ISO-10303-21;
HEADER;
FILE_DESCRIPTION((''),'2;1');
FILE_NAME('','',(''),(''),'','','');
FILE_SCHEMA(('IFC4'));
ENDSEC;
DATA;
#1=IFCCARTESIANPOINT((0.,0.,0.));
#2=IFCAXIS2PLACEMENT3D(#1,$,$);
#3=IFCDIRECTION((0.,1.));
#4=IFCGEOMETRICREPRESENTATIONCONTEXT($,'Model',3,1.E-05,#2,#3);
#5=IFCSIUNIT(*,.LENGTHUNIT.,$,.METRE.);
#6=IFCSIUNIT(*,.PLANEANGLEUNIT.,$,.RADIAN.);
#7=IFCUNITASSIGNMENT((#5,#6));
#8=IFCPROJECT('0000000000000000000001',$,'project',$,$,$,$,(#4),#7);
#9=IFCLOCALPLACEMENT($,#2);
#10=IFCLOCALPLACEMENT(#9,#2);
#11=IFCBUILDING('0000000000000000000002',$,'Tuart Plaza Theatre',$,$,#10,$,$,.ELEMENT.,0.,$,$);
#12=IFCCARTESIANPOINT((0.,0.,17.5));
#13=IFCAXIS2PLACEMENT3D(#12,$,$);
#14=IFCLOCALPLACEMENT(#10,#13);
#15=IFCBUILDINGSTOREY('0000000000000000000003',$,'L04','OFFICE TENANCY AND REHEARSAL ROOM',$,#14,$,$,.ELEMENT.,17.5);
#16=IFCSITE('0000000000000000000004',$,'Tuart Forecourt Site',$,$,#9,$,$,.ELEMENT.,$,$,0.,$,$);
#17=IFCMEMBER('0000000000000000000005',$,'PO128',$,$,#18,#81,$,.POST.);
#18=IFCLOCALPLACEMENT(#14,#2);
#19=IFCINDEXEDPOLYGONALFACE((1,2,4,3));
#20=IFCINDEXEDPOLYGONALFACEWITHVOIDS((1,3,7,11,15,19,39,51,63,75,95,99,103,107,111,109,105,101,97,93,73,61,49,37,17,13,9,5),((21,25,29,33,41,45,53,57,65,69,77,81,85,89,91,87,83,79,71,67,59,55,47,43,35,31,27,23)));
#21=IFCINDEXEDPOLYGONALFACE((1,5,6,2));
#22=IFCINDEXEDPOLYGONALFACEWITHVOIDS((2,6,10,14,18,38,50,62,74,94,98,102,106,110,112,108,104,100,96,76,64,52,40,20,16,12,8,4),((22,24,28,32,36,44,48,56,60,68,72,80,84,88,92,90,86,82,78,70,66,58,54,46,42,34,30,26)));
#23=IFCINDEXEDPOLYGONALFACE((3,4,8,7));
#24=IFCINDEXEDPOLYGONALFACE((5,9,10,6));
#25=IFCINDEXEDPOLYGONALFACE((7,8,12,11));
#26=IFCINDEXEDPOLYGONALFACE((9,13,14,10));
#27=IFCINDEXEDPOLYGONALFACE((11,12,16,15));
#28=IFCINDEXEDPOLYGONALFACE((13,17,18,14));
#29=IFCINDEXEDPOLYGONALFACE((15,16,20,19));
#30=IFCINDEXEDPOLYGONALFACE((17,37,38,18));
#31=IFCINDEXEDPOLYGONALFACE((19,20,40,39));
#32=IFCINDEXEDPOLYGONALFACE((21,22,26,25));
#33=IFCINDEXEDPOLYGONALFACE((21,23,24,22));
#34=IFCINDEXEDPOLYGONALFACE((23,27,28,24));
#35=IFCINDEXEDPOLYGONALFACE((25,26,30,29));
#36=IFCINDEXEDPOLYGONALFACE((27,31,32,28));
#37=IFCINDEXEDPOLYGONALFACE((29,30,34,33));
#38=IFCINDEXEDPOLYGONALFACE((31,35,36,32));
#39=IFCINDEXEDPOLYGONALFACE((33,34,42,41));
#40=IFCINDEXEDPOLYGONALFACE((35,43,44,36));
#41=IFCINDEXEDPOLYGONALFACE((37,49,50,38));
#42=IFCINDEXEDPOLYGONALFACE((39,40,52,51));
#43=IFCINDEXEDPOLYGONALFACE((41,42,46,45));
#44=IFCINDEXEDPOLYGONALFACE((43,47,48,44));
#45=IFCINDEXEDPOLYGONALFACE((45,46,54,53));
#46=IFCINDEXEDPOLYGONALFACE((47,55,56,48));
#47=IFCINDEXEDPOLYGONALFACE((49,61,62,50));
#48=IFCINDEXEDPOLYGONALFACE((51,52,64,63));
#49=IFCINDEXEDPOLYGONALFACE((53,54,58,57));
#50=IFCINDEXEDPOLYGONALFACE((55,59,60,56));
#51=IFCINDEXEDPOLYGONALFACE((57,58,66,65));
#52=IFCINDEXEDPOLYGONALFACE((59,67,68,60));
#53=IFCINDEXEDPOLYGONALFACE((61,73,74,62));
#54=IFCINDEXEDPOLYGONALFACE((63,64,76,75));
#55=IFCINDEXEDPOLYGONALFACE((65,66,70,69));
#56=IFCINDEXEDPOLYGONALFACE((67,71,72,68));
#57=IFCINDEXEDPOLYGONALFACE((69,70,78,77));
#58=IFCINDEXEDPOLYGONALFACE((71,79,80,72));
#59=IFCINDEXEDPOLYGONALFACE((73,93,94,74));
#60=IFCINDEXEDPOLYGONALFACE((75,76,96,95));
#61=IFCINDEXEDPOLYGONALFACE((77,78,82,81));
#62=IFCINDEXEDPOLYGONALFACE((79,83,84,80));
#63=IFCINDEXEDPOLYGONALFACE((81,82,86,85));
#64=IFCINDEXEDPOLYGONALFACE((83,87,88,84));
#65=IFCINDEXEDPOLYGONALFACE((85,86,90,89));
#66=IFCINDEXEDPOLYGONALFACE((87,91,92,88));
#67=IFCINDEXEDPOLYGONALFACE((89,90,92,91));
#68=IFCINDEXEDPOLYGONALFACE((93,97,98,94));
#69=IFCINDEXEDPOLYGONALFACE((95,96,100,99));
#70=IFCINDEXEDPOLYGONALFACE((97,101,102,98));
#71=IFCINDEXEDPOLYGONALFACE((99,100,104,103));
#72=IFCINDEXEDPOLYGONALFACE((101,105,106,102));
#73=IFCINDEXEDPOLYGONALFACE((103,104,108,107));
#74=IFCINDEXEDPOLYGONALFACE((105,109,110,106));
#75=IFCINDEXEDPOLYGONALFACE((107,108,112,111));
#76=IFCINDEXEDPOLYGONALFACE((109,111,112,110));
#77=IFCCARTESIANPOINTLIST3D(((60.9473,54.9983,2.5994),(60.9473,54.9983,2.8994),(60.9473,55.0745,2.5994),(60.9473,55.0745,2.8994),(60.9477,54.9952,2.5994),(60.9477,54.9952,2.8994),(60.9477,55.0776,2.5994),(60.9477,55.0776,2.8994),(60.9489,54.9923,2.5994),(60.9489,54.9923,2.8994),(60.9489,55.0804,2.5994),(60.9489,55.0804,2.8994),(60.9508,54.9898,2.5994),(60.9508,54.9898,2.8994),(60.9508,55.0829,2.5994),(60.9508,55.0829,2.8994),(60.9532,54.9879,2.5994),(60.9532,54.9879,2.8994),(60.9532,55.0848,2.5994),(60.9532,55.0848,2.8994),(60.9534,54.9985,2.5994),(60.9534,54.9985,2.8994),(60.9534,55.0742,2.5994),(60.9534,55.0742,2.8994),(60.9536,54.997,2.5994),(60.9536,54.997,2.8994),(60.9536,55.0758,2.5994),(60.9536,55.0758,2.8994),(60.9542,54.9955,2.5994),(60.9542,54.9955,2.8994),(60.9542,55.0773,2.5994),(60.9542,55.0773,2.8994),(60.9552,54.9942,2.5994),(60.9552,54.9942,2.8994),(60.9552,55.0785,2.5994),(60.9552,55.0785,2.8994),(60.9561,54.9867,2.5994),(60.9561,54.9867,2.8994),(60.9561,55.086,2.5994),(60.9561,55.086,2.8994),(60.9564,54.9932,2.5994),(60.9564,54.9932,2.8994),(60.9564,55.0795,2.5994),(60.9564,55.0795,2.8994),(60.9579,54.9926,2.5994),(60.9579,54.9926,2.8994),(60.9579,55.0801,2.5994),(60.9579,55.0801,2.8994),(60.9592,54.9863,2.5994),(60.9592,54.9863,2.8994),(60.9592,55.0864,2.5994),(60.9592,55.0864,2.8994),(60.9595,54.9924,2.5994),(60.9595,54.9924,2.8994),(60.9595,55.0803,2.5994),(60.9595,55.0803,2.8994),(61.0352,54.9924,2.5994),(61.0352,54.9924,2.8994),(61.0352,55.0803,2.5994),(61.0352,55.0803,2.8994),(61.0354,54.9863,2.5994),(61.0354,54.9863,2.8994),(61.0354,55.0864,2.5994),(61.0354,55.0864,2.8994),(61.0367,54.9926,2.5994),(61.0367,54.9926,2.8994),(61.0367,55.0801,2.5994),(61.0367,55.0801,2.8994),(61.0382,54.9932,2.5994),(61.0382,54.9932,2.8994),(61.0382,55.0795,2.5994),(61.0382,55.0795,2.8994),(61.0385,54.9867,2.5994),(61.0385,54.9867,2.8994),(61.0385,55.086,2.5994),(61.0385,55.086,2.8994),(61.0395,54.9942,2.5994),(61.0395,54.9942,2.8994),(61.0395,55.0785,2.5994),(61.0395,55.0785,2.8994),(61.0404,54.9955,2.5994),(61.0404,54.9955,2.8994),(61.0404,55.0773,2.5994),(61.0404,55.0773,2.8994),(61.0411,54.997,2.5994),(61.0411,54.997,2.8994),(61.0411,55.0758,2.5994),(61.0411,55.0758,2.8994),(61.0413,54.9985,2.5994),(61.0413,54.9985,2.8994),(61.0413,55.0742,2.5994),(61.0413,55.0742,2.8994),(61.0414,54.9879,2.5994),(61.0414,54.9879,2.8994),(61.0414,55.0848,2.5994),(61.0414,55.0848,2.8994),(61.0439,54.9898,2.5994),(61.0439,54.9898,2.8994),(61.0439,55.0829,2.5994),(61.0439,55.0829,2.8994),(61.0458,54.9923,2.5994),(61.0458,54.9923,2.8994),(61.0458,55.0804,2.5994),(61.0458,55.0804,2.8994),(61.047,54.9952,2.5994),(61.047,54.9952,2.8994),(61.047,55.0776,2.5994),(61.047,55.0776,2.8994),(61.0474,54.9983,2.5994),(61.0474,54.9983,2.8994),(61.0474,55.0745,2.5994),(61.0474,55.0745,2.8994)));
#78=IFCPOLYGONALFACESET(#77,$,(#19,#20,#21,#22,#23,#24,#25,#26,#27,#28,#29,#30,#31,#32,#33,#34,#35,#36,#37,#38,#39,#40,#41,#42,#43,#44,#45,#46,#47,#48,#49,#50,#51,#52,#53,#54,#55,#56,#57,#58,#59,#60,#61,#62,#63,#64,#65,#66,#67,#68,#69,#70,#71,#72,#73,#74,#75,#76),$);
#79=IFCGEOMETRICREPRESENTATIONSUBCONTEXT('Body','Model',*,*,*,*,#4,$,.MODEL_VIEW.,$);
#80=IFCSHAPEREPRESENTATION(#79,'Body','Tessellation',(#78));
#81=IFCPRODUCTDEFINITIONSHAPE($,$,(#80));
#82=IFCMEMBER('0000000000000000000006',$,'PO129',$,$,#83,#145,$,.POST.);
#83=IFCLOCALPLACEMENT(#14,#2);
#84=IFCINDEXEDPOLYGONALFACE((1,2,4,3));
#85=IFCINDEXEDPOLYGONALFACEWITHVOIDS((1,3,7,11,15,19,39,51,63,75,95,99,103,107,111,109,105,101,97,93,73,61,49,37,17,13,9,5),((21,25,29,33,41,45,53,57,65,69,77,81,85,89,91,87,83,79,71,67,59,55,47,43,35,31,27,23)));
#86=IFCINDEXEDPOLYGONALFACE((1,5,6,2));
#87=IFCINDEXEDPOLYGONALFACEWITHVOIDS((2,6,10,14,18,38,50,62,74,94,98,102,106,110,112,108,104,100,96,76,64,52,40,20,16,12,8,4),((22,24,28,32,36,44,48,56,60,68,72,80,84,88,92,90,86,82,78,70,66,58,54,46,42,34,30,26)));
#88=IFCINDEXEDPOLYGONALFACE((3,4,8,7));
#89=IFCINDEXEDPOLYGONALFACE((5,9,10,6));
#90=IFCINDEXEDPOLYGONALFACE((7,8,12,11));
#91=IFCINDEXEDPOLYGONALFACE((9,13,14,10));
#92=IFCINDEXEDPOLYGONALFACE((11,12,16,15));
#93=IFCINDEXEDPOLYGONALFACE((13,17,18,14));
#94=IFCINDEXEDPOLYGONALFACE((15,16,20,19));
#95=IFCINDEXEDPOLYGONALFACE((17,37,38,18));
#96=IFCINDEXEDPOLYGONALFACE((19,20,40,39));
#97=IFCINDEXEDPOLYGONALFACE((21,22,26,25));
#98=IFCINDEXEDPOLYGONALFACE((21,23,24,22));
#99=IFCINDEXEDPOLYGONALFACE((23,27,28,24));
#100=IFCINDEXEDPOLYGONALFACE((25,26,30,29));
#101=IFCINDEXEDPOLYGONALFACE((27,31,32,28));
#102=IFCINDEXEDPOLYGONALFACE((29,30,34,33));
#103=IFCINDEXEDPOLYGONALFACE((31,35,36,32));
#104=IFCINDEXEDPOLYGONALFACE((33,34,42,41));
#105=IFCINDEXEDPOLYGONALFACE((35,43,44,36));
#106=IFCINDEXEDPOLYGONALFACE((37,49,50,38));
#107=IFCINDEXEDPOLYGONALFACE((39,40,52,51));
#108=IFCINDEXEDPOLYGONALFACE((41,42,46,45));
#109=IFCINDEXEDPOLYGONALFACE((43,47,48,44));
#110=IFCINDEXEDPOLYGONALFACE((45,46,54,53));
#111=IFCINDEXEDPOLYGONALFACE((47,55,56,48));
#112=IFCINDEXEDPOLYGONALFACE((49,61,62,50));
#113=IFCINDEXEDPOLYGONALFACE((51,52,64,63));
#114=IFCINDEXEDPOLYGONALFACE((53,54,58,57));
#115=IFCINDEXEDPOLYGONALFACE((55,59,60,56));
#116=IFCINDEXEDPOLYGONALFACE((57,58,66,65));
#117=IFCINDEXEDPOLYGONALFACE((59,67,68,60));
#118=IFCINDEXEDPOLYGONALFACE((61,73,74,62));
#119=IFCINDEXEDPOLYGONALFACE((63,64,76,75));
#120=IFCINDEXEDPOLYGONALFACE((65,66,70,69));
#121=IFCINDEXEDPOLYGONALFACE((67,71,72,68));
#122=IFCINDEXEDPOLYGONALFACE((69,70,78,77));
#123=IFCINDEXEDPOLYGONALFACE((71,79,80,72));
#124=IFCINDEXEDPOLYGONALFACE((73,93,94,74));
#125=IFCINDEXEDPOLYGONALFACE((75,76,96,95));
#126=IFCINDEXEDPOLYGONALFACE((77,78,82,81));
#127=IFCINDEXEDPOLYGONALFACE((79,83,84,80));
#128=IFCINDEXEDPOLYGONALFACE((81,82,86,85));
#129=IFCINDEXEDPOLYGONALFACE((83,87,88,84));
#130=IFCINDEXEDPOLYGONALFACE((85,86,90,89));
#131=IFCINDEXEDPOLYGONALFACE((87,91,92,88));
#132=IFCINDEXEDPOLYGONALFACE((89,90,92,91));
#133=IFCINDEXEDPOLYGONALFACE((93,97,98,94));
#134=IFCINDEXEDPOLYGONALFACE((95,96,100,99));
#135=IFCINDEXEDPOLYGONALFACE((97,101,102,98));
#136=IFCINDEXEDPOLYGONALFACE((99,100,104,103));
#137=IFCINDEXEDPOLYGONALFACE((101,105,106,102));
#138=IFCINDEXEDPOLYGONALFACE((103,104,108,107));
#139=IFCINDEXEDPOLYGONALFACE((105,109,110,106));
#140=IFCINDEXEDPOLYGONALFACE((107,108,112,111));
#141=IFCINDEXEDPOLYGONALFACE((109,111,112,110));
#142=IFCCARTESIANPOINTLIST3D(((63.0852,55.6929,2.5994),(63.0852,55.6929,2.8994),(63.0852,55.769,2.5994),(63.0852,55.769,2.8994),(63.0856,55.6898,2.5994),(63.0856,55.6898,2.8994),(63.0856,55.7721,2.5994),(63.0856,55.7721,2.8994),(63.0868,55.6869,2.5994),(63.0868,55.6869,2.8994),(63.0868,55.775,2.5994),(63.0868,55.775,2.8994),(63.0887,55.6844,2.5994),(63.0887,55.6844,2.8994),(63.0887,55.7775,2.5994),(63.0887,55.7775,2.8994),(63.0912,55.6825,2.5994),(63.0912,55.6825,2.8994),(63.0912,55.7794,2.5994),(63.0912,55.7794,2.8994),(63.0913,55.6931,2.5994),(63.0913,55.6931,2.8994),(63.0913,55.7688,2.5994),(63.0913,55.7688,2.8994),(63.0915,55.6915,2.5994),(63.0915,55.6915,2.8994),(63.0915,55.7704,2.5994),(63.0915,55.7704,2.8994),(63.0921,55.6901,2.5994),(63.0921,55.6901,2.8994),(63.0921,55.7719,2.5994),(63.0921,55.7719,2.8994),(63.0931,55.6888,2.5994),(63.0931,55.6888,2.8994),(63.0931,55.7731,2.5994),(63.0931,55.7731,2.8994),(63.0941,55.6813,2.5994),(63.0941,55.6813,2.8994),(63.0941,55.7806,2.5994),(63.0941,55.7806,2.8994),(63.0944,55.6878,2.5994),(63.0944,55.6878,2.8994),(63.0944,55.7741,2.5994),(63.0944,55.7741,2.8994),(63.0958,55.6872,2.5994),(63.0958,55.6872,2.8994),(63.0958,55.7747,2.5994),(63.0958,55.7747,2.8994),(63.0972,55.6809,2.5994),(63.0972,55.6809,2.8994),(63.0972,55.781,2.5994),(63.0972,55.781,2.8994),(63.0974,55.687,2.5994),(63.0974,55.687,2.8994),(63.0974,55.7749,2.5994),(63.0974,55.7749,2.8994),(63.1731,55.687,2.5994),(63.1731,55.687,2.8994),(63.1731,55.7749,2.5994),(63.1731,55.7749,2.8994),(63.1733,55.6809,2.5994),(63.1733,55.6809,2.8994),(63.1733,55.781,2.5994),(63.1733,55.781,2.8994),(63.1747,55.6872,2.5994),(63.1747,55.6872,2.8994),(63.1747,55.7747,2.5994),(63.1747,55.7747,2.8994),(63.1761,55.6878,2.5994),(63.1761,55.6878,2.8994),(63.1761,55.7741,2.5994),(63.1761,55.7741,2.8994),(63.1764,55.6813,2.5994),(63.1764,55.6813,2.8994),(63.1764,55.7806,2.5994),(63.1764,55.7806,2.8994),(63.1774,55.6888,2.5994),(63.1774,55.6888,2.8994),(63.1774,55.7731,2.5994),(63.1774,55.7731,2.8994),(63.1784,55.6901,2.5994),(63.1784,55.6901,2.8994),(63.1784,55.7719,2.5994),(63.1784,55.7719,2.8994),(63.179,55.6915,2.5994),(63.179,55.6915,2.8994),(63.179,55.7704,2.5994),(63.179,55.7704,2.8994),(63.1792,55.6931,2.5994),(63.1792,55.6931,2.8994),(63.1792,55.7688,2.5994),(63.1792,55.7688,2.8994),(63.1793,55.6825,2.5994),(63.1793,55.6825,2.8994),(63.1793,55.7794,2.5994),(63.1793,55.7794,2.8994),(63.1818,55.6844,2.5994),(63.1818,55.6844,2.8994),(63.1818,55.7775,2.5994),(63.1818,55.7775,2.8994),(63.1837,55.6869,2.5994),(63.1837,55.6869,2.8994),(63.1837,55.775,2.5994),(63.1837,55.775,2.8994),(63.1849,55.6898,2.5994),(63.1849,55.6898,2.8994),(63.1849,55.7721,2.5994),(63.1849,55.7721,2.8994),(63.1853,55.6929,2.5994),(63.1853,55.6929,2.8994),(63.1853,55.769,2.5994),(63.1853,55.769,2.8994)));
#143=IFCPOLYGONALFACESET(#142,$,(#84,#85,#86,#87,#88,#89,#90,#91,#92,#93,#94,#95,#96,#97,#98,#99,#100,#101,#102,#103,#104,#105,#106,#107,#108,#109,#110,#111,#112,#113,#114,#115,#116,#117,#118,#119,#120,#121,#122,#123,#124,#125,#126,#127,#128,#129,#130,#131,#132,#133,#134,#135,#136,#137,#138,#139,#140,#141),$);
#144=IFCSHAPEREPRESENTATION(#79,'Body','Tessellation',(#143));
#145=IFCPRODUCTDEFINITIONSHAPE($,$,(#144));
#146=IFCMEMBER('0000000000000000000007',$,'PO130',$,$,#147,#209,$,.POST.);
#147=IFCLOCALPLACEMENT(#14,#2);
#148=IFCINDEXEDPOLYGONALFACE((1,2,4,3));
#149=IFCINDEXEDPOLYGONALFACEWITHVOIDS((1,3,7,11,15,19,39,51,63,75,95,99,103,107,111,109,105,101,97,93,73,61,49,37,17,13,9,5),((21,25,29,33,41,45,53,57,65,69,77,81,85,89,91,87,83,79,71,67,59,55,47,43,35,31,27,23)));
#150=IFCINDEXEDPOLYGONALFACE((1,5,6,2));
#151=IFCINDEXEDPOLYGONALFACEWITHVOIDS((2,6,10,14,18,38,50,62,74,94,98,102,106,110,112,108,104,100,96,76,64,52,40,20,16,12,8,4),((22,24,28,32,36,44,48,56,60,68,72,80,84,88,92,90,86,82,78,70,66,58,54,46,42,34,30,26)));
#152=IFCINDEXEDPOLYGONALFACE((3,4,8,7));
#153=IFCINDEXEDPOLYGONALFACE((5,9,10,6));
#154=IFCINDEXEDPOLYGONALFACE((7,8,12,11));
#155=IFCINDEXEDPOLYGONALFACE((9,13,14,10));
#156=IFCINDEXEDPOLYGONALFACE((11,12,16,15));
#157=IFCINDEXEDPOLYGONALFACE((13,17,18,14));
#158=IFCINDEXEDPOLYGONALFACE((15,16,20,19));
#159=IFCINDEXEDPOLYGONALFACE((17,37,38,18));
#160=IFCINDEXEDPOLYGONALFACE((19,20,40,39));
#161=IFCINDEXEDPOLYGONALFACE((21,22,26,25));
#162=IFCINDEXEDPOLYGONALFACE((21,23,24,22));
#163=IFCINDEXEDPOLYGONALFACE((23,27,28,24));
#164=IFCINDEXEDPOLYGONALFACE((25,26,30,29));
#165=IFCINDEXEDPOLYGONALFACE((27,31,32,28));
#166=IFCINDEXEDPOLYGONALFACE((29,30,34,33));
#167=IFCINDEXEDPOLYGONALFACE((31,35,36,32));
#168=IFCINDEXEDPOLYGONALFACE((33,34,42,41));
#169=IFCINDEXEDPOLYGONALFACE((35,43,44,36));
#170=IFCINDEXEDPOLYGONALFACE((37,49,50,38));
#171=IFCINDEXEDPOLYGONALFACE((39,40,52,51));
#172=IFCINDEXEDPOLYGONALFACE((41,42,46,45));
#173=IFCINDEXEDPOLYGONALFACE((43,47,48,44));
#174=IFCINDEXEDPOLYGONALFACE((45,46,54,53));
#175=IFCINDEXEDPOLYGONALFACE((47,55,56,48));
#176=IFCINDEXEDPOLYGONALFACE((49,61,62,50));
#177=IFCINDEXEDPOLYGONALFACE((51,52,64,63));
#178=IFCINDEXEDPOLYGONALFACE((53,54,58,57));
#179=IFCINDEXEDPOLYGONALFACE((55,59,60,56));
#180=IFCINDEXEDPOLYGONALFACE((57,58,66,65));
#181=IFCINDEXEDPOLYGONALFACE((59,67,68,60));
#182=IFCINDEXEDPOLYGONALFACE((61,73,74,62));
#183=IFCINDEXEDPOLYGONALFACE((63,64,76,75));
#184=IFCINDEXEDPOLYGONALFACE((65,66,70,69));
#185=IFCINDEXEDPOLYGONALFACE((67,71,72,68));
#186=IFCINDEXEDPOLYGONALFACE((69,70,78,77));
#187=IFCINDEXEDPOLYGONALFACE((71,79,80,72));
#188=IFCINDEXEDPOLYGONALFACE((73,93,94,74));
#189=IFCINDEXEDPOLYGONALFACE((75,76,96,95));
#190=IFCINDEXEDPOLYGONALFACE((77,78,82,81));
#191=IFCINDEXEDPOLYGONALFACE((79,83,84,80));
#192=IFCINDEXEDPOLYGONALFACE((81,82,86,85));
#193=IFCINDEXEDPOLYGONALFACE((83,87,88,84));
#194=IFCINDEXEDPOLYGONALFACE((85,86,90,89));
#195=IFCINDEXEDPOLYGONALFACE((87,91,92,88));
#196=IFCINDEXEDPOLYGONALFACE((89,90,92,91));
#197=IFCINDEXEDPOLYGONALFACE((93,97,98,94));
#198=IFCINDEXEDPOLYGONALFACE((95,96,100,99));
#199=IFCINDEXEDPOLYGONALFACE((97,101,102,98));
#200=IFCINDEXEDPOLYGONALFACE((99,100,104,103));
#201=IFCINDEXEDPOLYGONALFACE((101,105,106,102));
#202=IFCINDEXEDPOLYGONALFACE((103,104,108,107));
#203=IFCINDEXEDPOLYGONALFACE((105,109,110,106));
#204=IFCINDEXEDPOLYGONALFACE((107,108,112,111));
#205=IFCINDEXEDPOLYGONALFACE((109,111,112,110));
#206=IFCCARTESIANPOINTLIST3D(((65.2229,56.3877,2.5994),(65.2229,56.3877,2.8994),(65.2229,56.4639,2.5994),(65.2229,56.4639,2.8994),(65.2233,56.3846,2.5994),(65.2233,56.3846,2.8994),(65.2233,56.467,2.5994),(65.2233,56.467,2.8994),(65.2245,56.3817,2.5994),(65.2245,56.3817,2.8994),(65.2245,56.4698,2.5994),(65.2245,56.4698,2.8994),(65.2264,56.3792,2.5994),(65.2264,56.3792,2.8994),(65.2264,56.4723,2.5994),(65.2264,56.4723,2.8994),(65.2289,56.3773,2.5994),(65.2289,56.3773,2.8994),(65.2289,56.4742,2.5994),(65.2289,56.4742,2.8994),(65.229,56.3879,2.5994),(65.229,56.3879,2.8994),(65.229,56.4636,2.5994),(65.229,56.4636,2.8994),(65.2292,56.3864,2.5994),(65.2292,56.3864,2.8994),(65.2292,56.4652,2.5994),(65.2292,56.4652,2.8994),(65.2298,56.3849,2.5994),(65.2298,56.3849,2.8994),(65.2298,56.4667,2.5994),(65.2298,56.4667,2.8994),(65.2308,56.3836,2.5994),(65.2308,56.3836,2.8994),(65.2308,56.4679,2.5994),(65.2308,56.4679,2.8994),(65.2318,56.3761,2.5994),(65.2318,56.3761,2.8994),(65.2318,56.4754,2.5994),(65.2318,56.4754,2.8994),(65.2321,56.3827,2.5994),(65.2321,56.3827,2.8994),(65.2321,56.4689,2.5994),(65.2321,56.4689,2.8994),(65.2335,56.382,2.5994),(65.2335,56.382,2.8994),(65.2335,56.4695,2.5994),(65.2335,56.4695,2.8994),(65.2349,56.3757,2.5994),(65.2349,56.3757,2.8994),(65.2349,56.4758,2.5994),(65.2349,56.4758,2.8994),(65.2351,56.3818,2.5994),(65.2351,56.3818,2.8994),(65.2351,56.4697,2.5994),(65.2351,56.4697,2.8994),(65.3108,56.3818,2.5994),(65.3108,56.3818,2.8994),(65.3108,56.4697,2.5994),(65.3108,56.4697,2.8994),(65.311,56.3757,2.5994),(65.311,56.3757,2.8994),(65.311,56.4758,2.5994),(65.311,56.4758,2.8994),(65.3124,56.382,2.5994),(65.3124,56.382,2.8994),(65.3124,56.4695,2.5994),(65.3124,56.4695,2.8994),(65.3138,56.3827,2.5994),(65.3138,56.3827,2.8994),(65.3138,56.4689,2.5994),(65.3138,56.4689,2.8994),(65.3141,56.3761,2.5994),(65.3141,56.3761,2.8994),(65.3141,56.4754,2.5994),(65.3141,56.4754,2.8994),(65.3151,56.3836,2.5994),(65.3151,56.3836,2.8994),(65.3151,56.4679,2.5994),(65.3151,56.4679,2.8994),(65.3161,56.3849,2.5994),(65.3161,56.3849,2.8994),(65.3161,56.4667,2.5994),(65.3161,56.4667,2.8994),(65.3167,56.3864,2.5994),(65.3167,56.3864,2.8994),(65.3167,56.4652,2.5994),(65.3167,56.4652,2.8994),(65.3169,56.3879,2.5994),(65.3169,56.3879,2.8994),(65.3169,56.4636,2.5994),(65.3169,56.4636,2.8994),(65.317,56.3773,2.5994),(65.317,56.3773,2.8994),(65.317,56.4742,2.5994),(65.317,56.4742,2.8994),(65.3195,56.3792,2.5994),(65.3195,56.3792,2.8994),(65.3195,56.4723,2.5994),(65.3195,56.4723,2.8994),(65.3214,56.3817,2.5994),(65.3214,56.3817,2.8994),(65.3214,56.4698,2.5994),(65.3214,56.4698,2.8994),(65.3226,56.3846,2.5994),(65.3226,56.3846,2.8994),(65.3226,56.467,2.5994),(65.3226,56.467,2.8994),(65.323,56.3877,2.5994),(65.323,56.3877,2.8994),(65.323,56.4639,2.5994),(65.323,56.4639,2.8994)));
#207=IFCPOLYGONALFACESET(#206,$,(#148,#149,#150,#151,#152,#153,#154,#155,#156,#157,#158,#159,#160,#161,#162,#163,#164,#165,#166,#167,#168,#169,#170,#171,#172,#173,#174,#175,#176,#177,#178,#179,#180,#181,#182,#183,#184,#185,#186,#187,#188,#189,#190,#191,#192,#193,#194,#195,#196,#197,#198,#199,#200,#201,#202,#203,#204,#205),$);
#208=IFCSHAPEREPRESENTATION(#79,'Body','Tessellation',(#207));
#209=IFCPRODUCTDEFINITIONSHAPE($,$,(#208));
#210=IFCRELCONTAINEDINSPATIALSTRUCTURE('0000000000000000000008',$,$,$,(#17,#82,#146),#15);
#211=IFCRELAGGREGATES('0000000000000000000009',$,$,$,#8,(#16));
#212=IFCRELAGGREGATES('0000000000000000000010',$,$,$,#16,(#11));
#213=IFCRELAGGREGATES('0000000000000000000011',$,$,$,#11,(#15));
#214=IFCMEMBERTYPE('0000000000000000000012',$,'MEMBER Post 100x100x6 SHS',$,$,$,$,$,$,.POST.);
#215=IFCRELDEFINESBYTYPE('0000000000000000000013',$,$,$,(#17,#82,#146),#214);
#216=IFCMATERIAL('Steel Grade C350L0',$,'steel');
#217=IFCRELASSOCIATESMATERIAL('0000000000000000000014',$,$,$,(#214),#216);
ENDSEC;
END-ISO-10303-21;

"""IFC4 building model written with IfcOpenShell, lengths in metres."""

from ifc_helpers import new_model, si_unit, direction, frame, origin, origin_2d, place, context, subcontext, project, spatial, hollow_rectangle, extrude, material, material_profile, profile_set, type_object, element, save


model = new_model("IFC4")

# Units and contexts
model_context = context("Model", 3, precision=1e-05, world=origin(), true_north=direction((0.0, 1.0)))
body_context = subcontext(model_context, "Body", "Model", "MODEL_VIEW")
ifc_project = project(units=[si_unit("LENGTHUNIT", "METRE"), si_unit("PLANEANGLEUNIT", "RADIAN")], contexts=[model_context])

# Site, building, storey
site_placement = place(None, origin())
site = spatial("IfcSite", under=ifc_project, at=site_placement, Name="Tuart Forecourt Site", CompositionType="ELEMENT", RefElevation=0.0)
building_placement = place(site_placement, origin())
building = spatial("IfcBuilding", under=site, at=building_placement, Name="Tuart Plaza Theatre", CompositionType="ELEMENT", ElevationOfRefHeight=0.0)
storey_placement = place(building_placement, frame((0.0, 0.0, 17.5)))
storey = spatial("IfcBuildingStorey", under=building, at=storey_placement, Name="L04", Description="OFFICE TENANCY AND REHEARSAL ROOM", CompositionType="ELEMENT", Elevation=17.5)

# Members
ifc_material_1 = material(Name="Steel Grade C350L0", Category="steel")
ifc_material_profile_1 = material_profile(ifc_material_1, hollow_rectangle(XDim=0.1001, YDim=0.1001, WallThickness=0.0061, InnerFilletRadius=0.0061, OuterFilletRadius=0.012, at=origin_2d()), Name="100x100x6 SHS")
ifc_profile_set_1 = profile_set([ifc_material_profile_1], Name="Steel Grade C350L0")
member_type_1 = type_object("IfcMemberType", Name="MEMBER Post 100x100x6 SHS", PredefinedType="POST", material=ifc_profile_set_1)
for number, where, z_axis, x_axis, name in (
    (1, (60.9973, 55.0364, 2.5994), (0.0, 0.0, 1.0), (1.0, 0.0, 0.0), "PO128"),
    (2, (63.1353, 55.731, 2.5994), (0.0, 0.0, 1.0), (1.0, 0.0, 0.0), "PO129"),
    (3, (65.2729, 56.4258, 2.5994), (0.0, 0.0, 1.0), (1.0, 0.0, 0.0), "PO130"),
):
    element("IfcMember", number, at=place(storey_placement, frame(where, z_axis=z_axis, x_axis=x_axis)), inside=storey, type_object=member_type_1, Name=name, PredefinedType="POST", context=body_context, shape_type="SweptSolid", body=[
        extrude(hollow_rectangle(XDim=0.1001, YDim=0.1001, WallThickness=0.0061, InnerFilletRadius=0.0061, OuterFilletRadius=0.012, at=origin_2d()), origin(), (0.0, 0.0, 1.0), 0.3),
    ])

save(model, "model.ifc")
